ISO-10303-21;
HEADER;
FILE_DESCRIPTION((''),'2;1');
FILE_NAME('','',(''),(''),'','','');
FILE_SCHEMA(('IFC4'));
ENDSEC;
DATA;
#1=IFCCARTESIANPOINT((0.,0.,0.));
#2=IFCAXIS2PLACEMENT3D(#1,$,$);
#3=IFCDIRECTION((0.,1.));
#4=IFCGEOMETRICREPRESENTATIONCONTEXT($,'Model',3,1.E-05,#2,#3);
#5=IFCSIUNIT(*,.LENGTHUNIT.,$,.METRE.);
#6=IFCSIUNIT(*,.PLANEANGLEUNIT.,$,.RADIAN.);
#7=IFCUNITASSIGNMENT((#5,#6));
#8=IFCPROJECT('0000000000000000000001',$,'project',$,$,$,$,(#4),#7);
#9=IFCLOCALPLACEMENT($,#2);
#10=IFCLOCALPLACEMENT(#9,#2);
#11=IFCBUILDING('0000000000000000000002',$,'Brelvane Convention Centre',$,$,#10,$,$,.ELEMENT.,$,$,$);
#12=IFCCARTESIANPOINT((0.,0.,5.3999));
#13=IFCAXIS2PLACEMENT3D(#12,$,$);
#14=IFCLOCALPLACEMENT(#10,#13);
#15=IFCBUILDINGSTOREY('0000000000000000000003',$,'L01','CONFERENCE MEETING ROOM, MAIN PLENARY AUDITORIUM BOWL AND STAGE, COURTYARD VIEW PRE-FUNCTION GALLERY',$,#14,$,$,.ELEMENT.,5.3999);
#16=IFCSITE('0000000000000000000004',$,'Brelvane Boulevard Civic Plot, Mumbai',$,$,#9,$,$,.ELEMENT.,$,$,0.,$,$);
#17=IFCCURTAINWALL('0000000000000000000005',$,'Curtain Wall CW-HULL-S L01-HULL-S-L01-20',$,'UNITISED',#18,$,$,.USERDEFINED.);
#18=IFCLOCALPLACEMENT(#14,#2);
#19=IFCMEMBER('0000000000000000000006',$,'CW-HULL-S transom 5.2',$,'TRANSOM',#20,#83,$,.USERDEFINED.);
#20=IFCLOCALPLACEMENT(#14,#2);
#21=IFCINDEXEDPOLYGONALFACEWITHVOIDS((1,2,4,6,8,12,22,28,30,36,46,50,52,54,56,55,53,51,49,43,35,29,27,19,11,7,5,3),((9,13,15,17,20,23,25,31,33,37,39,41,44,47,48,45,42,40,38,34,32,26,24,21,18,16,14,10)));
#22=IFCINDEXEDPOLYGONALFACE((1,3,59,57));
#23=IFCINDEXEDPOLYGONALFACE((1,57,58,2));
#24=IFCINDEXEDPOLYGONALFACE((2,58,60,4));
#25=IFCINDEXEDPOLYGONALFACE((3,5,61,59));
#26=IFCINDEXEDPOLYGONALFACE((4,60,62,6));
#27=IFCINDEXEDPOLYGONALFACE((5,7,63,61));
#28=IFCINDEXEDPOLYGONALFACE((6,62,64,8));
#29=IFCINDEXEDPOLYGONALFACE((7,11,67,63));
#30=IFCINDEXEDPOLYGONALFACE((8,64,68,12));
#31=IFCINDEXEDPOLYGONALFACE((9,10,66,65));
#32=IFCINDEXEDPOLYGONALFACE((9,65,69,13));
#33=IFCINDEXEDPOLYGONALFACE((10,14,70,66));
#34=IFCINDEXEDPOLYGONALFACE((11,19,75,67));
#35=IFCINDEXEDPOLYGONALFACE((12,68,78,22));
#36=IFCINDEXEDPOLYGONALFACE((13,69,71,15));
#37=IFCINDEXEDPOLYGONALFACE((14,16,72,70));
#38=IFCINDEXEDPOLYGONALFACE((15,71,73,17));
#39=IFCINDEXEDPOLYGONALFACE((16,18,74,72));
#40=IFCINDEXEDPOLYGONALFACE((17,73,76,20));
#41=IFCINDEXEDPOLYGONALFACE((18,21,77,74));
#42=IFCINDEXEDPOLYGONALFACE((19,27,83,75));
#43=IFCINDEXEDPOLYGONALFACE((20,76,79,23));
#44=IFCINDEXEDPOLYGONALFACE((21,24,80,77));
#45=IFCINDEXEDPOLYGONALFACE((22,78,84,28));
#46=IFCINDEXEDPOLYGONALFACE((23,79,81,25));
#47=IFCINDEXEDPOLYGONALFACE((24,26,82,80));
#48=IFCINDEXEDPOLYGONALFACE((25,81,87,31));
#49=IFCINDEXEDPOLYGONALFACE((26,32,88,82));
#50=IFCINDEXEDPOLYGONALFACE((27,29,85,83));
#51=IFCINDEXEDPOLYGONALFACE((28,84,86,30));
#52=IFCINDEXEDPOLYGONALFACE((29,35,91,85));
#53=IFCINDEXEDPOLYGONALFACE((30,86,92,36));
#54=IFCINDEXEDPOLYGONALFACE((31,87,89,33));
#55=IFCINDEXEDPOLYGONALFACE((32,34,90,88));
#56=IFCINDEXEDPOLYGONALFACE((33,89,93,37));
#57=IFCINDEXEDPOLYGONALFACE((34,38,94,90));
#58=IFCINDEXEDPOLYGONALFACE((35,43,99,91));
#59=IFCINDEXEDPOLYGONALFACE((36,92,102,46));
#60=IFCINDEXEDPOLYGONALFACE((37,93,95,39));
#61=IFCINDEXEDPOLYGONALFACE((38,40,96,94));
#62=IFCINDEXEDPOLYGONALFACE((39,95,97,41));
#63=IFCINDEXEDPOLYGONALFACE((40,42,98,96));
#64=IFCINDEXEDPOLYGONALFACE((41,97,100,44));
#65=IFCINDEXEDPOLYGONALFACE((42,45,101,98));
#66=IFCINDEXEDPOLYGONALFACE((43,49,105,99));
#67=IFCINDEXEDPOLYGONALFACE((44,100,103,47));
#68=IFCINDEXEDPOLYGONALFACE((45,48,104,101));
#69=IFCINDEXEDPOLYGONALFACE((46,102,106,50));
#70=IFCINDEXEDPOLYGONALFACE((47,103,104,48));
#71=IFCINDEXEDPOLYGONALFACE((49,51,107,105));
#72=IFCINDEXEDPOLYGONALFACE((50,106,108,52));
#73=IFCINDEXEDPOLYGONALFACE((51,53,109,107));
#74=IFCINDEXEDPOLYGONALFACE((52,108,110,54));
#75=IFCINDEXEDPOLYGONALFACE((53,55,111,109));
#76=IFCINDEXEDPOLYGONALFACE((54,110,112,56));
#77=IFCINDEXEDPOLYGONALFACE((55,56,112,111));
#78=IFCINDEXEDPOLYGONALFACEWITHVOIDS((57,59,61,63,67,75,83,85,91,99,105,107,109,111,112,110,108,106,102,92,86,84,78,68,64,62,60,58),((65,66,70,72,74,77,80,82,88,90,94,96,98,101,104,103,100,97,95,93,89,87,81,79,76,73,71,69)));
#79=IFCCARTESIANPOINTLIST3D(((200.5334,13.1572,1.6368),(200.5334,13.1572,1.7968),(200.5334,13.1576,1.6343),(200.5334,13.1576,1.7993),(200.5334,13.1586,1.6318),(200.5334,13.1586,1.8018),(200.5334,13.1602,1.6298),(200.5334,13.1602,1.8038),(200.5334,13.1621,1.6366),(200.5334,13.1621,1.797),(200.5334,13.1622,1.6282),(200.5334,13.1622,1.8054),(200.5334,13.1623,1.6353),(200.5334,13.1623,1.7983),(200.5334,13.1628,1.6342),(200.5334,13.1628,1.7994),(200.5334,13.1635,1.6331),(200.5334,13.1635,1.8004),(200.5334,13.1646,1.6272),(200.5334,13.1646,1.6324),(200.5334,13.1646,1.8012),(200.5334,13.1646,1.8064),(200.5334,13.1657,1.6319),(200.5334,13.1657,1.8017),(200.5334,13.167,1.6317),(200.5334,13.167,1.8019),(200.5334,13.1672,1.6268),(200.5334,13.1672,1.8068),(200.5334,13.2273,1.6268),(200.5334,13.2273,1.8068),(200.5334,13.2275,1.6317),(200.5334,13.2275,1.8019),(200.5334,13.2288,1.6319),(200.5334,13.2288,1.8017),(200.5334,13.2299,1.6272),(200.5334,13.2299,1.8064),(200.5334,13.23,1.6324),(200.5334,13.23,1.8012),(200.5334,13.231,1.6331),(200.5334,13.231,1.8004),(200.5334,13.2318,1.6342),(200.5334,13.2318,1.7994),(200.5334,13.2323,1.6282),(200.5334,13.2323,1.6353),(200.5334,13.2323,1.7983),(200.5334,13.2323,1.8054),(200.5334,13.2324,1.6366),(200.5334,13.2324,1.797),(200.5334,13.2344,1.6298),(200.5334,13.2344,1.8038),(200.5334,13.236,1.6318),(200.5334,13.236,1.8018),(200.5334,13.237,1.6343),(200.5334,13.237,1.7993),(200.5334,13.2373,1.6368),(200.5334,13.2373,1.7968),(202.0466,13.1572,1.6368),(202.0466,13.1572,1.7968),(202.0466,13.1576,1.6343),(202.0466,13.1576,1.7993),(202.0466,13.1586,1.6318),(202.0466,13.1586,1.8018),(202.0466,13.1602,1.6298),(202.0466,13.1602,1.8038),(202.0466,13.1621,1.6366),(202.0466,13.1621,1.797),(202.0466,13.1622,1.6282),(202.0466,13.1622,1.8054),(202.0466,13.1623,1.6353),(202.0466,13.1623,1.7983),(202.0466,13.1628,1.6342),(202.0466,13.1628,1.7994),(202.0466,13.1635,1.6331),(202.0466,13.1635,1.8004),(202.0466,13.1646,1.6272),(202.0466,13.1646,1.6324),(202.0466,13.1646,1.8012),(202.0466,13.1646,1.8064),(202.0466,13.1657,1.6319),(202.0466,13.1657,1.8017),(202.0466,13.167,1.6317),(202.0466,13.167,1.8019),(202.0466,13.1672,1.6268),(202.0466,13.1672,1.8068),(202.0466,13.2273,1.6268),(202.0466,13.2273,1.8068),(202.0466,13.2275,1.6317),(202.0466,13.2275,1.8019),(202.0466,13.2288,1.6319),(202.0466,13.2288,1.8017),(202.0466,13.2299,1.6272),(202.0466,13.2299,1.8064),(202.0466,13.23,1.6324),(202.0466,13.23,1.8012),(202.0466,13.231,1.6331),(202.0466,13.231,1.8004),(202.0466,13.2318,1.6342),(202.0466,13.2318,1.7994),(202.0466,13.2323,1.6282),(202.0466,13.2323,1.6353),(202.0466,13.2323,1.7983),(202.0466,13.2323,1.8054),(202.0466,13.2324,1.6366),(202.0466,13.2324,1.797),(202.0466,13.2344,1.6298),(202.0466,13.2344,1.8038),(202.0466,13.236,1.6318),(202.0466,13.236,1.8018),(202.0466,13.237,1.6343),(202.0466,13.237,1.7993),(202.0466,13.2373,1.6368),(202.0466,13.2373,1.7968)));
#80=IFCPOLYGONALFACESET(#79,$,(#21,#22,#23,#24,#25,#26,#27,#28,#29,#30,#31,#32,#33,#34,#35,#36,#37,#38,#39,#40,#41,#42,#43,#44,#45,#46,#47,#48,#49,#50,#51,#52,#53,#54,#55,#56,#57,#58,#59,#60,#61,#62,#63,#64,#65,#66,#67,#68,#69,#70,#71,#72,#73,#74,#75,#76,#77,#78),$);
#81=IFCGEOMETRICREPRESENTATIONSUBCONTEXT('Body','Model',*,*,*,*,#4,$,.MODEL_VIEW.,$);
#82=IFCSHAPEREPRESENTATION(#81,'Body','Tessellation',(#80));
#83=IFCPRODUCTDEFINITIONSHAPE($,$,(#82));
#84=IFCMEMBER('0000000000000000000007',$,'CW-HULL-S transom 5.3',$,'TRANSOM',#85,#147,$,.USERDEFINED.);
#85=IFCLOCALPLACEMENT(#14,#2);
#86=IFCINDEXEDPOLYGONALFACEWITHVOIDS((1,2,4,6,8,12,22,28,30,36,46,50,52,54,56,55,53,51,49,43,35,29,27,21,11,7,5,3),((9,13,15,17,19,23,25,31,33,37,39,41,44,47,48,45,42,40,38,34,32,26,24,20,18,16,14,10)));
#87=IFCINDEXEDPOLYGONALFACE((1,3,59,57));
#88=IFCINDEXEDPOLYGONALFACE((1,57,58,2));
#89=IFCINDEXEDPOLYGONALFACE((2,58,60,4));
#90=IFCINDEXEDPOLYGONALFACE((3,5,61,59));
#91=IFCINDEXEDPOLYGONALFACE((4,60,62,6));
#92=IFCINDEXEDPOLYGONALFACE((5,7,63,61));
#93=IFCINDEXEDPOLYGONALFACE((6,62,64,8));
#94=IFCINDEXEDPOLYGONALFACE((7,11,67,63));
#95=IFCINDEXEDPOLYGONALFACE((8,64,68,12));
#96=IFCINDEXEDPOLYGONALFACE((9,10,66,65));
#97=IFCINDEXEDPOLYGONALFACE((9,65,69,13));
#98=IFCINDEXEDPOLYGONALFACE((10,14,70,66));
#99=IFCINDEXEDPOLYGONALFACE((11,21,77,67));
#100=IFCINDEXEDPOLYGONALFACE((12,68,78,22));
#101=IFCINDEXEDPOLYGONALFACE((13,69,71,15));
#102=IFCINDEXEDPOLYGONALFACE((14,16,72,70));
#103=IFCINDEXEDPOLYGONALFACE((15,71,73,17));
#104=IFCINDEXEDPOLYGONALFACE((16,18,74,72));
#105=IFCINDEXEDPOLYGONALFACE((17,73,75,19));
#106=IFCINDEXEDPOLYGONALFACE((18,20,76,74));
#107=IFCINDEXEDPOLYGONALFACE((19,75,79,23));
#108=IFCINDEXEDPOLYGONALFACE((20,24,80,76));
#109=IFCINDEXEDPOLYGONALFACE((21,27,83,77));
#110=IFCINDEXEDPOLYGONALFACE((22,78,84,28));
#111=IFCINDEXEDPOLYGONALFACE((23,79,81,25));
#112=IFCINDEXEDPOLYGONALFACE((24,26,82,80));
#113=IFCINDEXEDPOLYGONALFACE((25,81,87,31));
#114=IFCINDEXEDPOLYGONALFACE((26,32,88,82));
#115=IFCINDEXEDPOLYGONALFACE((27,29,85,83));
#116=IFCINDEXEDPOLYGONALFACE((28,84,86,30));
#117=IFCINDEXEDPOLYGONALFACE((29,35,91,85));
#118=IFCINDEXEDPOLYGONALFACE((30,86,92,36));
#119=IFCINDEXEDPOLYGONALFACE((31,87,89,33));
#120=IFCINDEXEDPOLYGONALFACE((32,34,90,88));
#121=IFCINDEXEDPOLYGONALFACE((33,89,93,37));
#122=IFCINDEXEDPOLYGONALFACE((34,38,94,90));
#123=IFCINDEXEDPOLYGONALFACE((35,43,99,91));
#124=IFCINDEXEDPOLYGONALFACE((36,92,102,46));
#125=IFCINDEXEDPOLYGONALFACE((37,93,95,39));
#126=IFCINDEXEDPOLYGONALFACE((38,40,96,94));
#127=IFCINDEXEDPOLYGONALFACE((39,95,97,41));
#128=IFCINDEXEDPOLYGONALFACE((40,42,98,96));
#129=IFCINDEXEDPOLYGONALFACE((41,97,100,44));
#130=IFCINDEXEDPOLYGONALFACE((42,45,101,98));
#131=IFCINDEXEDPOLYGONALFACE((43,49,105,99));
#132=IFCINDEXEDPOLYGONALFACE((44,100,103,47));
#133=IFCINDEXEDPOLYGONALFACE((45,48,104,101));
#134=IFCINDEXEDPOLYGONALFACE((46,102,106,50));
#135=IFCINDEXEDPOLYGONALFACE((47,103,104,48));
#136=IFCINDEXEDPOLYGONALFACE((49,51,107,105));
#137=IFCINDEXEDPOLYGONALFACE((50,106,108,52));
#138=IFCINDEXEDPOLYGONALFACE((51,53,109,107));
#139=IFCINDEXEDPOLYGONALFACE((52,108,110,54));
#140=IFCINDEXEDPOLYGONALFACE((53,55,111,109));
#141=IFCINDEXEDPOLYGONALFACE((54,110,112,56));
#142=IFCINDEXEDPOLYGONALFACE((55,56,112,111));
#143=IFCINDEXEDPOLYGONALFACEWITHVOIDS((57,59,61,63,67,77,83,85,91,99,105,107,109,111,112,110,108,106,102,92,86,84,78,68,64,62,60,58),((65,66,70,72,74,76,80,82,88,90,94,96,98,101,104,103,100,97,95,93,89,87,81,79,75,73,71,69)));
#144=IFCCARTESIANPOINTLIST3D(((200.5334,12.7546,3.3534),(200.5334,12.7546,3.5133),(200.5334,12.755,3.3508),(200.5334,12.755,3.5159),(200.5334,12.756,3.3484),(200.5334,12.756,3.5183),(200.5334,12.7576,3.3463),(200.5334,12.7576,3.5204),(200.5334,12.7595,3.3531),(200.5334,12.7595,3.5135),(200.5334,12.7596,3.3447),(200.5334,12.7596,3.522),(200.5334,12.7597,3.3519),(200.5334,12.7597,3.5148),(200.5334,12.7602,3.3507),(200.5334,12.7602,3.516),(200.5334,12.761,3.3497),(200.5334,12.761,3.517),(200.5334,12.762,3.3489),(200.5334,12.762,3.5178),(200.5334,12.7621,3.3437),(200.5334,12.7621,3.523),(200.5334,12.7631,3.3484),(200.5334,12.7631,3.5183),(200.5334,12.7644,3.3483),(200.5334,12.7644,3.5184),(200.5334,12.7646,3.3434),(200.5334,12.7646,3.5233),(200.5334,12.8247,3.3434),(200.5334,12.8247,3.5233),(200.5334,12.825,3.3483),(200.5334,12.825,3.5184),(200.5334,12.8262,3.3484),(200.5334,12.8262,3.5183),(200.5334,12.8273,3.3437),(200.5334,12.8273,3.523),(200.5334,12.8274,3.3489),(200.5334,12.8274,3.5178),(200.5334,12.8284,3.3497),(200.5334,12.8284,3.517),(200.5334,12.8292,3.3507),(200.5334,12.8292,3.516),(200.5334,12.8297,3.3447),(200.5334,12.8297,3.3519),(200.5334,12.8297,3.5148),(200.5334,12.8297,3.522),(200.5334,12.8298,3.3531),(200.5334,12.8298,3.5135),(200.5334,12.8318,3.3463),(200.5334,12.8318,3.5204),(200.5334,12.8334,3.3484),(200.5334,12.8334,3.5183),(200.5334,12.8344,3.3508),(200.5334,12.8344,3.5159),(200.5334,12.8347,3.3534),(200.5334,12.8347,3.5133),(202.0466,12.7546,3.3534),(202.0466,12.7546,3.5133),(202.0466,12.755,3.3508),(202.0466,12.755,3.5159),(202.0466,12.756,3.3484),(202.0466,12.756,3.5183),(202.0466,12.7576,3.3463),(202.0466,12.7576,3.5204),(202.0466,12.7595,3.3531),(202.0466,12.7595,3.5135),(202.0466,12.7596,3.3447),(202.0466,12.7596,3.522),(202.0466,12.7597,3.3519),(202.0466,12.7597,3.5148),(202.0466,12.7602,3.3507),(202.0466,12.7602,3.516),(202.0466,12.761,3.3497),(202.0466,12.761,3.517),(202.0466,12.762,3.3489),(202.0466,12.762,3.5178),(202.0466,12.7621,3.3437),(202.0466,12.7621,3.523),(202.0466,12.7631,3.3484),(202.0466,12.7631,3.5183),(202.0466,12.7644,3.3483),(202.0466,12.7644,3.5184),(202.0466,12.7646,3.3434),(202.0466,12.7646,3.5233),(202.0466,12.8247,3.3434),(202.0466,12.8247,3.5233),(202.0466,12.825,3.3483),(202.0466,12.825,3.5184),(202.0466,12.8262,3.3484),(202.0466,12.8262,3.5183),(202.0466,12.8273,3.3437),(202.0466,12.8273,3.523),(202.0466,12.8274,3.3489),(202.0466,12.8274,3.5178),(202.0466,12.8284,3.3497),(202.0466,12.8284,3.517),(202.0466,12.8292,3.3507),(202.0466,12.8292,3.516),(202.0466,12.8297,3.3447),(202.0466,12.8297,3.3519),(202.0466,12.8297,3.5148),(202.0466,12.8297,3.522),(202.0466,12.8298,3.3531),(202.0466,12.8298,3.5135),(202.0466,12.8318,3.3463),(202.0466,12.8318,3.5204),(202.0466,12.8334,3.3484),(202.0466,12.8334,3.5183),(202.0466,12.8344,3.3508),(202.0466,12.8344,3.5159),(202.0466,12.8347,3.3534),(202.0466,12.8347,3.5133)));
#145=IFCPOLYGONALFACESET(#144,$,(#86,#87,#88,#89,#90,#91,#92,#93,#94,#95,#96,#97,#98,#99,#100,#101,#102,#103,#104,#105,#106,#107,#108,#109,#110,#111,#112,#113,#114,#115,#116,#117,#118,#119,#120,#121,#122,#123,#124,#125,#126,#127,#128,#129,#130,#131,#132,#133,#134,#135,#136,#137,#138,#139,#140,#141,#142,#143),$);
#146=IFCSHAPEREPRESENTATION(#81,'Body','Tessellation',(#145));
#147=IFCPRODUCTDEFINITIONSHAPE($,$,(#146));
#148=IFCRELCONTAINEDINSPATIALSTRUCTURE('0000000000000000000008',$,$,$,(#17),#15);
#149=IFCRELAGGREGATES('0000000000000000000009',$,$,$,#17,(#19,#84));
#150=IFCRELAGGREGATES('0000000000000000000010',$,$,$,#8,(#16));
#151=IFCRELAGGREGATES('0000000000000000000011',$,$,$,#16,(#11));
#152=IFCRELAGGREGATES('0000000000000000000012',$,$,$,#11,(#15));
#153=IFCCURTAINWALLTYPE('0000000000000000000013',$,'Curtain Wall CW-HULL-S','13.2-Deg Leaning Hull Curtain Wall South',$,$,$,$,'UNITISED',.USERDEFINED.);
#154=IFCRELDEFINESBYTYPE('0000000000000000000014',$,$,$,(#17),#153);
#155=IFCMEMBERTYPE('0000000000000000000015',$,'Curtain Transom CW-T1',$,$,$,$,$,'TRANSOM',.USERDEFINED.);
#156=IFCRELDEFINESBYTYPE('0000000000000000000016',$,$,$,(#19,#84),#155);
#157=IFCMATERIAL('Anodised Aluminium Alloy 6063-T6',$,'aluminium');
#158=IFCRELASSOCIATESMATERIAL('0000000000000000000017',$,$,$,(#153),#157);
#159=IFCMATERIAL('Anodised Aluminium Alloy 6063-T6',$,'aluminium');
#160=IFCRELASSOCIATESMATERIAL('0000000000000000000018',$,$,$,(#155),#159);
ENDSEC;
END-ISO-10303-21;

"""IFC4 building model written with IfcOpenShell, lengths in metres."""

from ifc_helpers import new_model, si_unit, direction, frame, origin, origin_2d, place, context, subcontext, project, spatial, hollow_rectangle, extrude, material, material_profile, profile_set, type_object, element, aggregate, save


model = new_model("IFC4")

# Units and contexts
model_context = context("Model", 3, precision=1e-05, world=origin(), true_north=direction((0.0, 1.0)))
body_context = subcontext(model_context, "Body", "Model", "MODEL_VIEW")
ifc_project = project(units=[si_unit("LENGTHUNIT", "METRE"), si_unit("PLANEANGLEUNIT", "RADIAN")], contexts=[model_context])

# Site, building, storey
site_placement = place(None, origin())
site = spatial("IfcSite", under=ifc_project, at=site_placement, Name="Brelvane Boulevard Civic Plot, Mumbai", CompositionType="ELEMENT", RefElevation=0.0)
building_placement = place(site_placement, origin())
building = spatial("IfcBuilding", under=site, at=building_placement, Name="Brelvane Convention Centre", CompositionType="ELEMENT")
storey_placement = place(building_placement, frame((0.0, 0.0, 5.3999)))
storey = spatial("IfcBuildingStorey", under=building, at=storey_placement, Name="L01", Description="CONFERENCE MEETING ROOM, MAIN PLENARY AUDITORIUM BOWL AND STAGE, COURTYARD VIEW PRE-FUNCTION GALLERY", CompositionType="ELEMENT", Elevation=5.3999)

# Curtain wall, members
ifc_material_1 = material(Name="Anodised Aluminium Alloy 6063-T6", Category="aluminium")
curtain_wall_type = type_object("IfcCurtainWallType", Name="Curtain Wall CW-HULL-S", Description="13.2-Deg Leaning Hull Curtain Wall South", ElementType="UNITISED", PredefinedType="USERDEFINED", material=ifc_material_1)
curtain_wall_1_placement = place(storey_placement, origin())
curtain_wall_1 = element("IfcCurtainWall", 1, at=curtain_wall_1_placement, inside=storey, type_object=curtain_wall_type, Name="Curtain Wall CW-HULL-S L01-HULL-S-L01-20", ObjectType="UNITISED", PredefinedType="USERDEFINED")
ifc_material_2 = material(Name="Anodised Aluminium Alloy 6063-T6", Category="aluminium")
ifc_material_profile = material_profile(ifc_material_2, hollow_rectangle(XDim=0.0801, YDim=0.1799, WallThickness=0.0049, InnerFilletRadius=0.0049, OuterFilletRadius=0.01, at=origin_2d()), Name="ALU-T 180x80x5.0")
ifc_profile_set = profile_set([ifc_material_profile], Name="Anodised Aluminium Alloy 6063-T6")
member_type = type_object("IfcMemberType", Name="Curtain Transom CW-T1", ElementType="TRANSOM", PredefinedType="USERDEFINED", material=ifc_profile_set)
member_1_placement = place(storey_placement, frame((200.5334, 13.1973, 1.7168), z_axis=(1.0, 0.0, 0.0), x_axis=(0.0, 1.0, 0.0)))
member_1 = element("IfcMember", 2, at=member_1_placement, type_object=member_type, Name="CW-HULL-S transom 5.2", ObjectType="TRANSOM", PredefinedType="USERDEFINED", context=body_context, shape_type="SweptSolid", body=[
    extrude(hollow_rectangle(XDim=0.0801, YDim=0.1799, WallThickness=0.0049, InnerFilletRadius=0.0049, OuterFilletRadius=0.01, at=origin_2d()), origin(), (0.0, 0.0, 1.0), 1.5132),
])
member_2_placement = place(storey_placement, frame((200.5334, 12.7947, 3.4333), z_axis=(1.0, 0.0, 0.0), x_axis=(0.0, 1.0, 0.0)))
member_2 = element("IfcMember", 3, at=member_2_placement, type_object=member_type, Name="CW-HULL-S transom 5.3", ObjectType="TRANSOM", PredefinedType="USERDEFINED", context=body_context, shape_type="SweptSolid", body=[
    extrude(hollow_rectangle(XDim=0.0801, YDim=0.1799, WallThickness=0.0049, InnerFilletRadius=0.0049, OuterFilletRadius=0.01, at=origin_2d()), origin(), (0.0, 0.0, 1.0), 1.5132),
])

aggregate(curtain_wall_1, [member_1, member_2])

save(model, "model.ifc")
